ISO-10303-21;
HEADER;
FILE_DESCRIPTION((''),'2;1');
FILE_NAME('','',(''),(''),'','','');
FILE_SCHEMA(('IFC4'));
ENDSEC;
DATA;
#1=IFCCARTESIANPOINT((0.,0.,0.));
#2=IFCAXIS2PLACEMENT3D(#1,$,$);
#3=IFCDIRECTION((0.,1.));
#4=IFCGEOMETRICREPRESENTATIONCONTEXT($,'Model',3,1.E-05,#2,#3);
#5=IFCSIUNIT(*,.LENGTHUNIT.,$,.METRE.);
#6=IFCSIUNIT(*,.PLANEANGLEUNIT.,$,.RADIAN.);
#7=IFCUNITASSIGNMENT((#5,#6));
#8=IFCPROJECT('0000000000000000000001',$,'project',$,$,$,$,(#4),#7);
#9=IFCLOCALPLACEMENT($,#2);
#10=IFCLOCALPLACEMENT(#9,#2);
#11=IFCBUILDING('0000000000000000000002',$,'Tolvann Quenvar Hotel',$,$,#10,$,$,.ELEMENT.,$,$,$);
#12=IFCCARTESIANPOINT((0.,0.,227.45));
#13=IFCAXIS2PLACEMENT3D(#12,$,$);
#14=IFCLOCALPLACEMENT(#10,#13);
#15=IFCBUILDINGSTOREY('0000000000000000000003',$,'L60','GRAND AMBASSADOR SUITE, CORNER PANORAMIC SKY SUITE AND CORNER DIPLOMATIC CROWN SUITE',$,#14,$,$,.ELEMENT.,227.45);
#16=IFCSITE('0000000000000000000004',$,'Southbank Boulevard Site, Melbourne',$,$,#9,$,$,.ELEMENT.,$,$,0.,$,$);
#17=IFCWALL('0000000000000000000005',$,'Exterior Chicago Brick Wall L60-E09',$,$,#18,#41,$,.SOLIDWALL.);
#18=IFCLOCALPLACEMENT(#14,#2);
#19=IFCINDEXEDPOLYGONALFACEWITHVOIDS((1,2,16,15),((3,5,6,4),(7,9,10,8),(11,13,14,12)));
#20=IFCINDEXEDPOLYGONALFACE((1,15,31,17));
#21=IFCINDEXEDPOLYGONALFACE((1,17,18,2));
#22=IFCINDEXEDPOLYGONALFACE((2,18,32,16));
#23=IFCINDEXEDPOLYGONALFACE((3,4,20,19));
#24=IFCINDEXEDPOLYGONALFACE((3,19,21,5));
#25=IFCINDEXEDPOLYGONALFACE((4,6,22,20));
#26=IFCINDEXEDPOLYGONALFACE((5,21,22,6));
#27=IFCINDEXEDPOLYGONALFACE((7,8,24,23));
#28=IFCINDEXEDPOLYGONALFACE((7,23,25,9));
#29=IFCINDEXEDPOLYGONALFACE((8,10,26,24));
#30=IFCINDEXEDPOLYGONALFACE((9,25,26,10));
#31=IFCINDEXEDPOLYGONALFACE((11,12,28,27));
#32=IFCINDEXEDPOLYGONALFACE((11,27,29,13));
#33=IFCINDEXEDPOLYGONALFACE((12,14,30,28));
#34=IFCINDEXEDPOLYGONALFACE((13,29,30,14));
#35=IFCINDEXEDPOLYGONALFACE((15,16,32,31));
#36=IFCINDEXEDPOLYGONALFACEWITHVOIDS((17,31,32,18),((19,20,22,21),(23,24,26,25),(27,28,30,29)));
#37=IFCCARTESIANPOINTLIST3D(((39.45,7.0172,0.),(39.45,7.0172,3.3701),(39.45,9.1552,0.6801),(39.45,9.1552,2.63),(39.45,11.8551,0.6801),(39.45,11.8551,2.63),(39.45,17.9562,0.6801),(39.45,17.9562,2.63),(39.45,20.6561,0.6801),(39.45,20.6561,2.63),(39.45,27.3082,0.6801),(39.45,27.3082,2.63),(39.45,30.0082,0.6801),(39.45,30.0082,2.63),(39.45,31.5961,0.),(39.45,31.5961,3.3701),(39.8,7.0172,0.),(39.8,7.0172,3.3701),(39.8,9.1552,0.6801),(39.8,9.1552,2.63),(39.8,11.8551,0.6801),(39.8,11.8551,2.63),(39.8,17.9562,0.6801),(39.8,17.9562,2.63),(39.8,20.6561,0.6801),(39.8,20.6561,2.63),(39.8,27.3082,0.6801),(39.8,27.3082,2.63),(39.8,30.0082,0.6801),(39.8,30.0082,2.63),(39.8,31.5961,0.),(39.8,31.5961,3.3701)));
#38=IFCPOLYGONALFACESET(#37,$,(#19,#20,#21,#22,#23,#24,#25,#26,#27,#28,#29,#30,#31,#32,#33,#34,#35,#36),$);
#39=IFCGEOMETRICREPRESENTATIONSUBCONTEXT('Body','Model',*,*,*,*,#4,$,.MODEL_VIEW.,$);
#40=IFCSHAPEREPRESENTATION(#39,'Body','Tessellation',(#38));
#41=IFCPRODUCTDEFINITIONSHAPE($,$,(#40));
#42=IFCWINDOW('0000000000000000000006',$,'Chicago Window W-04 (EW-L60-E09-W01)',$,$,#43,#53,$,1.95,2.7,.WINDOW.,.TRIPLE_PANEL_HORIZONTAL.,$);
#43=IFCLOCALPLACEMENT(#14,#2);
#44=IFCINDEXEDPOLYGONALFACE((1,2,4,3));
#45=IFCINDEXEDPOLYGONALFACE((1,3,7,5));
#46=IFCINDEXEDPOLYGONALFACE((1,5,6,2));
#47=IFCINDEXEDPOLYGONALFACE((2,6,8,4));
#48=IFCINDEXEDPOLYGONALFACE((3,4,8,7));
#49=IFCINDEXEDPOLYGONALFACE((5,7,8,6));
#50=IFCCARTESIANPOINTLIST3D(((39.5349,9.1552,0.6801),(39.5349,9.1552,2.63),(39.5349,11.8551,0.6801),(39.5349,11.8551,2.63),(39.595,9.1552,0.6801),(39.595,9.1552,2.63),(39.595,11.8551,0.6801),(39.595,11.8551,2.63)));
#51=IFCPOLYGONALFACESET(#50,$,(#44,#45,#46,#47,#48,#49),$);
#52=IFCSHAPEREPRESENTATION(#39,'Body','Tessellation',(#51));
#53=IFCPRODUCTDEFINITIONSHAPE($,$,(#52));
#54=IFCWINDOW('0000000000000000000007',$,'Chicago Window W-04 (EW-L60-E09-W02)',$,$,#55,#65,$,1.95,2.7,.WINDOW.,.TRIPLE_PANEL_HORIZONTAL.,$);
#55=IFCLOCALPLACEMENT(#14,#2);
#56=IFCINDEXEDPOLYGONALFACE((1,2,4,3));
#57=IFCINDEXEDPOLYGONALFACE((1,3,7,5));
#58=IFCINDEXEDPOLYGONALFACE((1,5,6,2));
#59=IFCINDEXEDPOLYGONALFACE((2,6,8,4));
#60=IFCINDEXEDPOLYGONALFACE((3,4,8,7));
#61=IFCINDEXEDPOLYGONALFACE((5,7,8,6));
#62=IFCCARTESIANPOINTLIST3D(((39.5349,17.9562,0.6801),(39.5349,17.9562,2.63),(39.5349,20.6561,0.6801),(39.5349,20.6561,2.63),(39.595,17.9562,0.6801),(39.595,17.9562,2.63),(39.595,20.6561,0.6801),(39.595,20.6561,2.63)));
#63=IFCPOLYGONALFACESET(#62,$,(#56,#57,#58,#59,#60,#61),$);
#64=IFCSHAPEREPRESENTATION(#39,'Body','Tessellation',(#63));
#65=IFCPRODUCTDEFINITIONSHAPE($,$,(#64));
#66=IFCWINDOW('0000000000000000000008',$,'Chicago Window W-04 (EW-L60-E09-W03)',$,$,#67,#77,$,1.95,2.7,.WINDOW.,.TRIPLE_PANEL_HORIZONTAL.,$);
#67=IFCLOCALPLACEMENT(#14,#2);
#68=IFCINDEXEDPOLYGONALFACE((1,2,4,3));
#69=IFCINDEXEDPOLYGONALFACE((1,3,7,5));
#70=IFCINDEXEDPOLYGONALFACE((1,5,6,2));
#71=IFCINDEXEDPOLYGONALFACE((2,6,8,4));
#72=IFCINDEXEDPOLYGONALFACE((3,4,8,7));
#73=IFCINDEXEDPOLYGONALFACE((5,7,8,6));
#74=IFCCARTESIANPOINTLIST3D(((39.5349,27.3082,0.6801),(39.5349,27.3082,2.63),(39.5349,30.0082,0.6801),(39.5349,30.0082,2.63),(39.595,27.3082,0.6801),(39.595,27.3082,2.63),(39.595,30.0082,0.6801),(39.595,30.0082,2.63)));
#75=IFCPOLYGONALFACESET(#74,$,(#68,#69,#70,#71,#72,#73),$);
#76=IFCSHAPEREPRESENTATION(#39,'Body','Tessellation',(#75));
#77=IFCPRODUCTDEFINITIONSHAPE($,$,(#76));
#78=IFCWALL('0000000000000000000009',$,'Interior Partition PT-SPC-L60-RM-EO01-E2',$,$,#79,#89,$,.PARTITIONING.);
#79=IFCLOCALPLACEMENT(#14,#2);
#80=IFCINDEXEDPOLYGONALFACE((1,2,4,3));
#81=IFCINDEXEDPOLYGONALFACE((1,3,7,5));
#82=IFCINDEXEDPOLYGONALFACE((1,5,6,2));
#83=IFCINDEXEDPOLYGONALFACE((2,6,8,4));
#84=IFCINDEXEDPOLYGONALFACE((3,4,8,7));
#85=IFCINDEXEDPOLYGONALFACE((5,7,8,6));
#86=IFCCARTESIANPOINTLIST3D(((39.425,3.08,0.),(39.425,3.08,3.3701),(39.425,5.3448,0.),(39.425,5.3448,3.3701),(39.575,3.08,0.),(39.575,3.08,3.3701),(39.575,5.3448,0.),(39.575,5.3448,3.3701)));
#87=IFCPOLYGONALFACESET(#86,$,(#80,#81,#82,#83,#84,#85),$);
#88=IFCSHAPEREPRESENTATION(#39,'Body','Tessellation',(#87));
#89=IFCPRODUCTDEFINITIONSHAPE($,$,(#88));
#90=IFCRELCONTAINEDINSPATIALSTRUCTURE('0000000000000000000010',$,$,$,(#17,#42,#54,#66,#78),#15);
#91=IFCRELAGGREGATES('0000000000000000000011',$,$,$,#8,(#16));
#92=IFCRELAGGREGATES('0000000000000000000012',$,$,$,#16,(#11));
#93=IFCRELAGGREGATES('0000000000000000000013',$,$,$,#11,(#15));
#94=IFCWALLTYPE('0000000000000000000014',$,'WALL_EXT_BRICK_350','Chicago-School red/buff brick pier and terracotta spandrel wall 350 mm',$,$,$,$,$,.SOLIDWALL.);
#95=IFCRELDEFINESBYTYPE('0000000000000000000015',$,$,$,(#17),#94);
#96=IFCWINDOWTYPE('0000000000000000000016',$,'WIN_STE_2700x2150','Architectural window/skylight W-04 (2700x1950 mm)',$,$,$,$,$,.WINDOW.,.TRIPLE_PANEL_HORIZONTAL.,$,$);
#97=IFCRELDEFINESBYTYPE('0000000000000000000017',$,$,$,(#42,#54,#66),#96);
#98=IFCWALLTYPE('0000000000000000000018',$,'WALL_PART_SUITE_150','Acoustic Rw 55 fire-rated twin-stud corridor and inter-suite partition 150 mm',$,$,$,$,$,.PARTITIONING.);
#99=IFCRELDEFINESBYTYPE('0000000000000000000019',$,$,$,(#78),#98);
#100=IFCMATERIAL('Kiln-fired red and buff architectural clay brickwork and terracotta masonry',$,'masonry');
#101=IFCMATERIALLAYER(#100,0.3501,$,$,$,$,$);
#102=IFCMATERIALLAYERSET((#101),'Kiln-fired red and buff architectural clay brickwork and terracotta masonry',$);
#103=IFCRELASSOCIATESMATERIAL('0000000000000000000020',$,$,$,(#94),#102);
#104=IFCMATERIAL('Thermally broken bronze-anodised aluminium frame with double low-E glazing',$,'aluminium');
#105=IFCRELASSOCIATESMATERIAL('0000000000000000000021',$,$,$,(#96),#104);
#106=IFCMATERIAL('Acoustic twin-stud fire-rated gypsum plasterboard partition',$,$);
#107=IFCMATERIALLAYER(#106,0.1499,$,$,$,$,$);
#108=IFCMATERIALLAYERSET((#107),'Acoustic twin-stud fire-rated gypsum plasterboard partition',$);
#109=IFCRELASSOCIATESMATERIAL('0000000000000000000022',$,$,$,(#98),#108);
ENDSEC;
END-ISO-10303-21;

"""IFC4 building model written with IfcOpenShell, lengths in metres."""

from ifc_helpers import new_model, si_unit, direction, frame, frame_2d, origin, place, context, subcontext, project, spatial, rectangle, extrude, source, transform, mapped, material, layer, layer_set, type_object, type_shapes, element, fill, save


model = new_model("IFC4")

# Units and contexts
model_context = context("Model", 3, precision=1e-05, world=origin(), true_north=direction((0.0, 1.0)))
body_context = subcontext(model_context, "Body", "Model", "MODEL_VIEW")
ifc_project = project(units=[si_unit("LENGTHUNIT", "METRE"), si_unit("PLANEANGLEUNIT", "RADIAN")], contexts=[model_context])

# Site, building, storey
site_placement = place(None, origin())
site = spatial("IfcSite", under=ifc_project, at=site_placement, Name="Southbank Boulevard Site, Melbourne", CompositionType="ELEMENT", RefElevation=0.0)
building_placement = place(site_placement, origin())
building = spatial("IfcBuilding", under=site, at=building_placement, Name="Tolvann Quenvar Hotel", CompositionType="ELEMENT")
storey_placement = place(building_placement, frame((0.0, 0.0, 227.45)))
storey = spatial("IfcBuildingStorey", under=building, at=storey_placement, Name="L60", Description="GRAND AMBASSADOR SUITE, CORNER PANORAMIC SKY SUITE AND CORNER DIPLOMATIC CROWN SUITE", CompositionType="ELEMENT", Elevation=227.45)

# Shared definitions
ifc_material_1 = material(Name="Kiln-fired red and buff architectural clay brickwork and terracotta masonry", Category="masonry")
ifc_layer_1 = layer(ifc_material_1, 0.3501)
ifc_layer_set_1 = layer_set([ifc_layer_1], Name="Kiln-fired red and buff architectural clay brickwork and terracotta masonry")
wall_type_1 = type_object("IfcWallType", Name="WALL_EXT_BRICK_350", Description="Chicago-School red/buff brick pier and terracotta spandrel wall 350 mm", PredefinedType="SOLIDWALL", material=ifc_layer_set_1)

# Wall, openings, windows
wall_1_placement = place(storey_placement, frame((39.625, 7.0171, 0.0), z_axis=(0.0, 0.0, 1.0), x_axis=(0.0, 1.0, 0.0)))
wall_1 = element("IfcWall", 1, at=wall_1_placement, inside=storey, type_object=wall_type_1, Name="Exterior Chicago Brick Wall L60-E09", PredefinedType="SOLIDWALL", context=body_context, shape_type="SweptSolid", body=[
    extrude(rectangle(XDim=24.5789, YDim=0.3501, at=frame_2d((12.2896, 0.0))), origin(), (0.0, 0.0, 1.0), 3.3701),
])
opening_1_placement = place(wall_1_placement, frame((2.1379, 0.0, 0.6799)))
opening_1 = element("IfcOpeningElement", 2, at=opening_1_placement, cuts=wall_1, PredefinedType="OPENING", context=body_context, shape_type="SweptSolid", body=[
    extrude(rectangle(XDim=2.7, YDim=1.95, at=frame_2d((1.3501, 0.9751))), frame((0.0, 0.1851, 0.0), z_axis=(0.0, -1.0, 0.0), x_axis=(1.0, 0.0, 0.0)), (0.0, 0.0, 1.0), 0.3701),
])
opening_2_placement = place(wall_1_placement, frame((10.939, 0.0, 0.6799)))
opening_2 = element("IfcOpeningElement", 3, at=opening_2_placement, cuts=wall_1, PredefinedType="OPENING", context=body_context, shape_type="SweptSolid", body=[
    extrude(rectangle(XDim=2.7, YDim=1.95, at=frame_2d((1.3501, 0.9751))), frame((0.0, 0.1851, 0.0), z_axis=(0.0, -1.0, 0.0), x_axis=(1.0, 0.0, 0.0)), (0.0, 0.0, 1.0), 0.3701),
])
opening_3_placement = place(wall_1_placement, frame((20.291, 0.0, 0.6799)))
opening_3 = element("IfcOpeningElement", 4, at=opening_3_placement, cuts=wall_1, PredefinedType="OPENING", context=body_context, shape_type="SweptSolid", body=[
    extrude(rectangle(XDim=2.7, YDim=1.95, at=frame_2d((1.3501, 0.9751))), frame((0.0, 0.1851, 0.0), z_axis=(0.0, -1.0, 0.0), x_axis=(1.0, 0.0, 0.0)), (0.0, 0.0, 1.0), 0.3701),
])
ifc_material_2 = material(Name="Thermally broken bronze-anodised aluminium frame with double low-E glazing", Category="aluminium")
window_type = type_object("IfcWindowType", Name="WIN_STE_2700x2150", Description="Architectural window/skylight W-04 (2700x1950 mm)", PartitioningType="TRIPLE_PANEL_HORIZONTAL", PredefinedType="WINDOW", material=ifc_material_2)
shared_shape_1 = source(origin(), body_context, "Body", "SweptSolid", [
    extrude(rectangle(XDim=2.7, YDim=1.95, at=frame_2d((1.3501, 0.9751))), frame((0.0, 0.0901, 0.0), z_axis=(0.0, -1.0, 0.0), x_axis=(1.0, 0.0, 0.0)), (0.0, 0.0, 1.0), 0.0601),
])
type_shapes(window_type, [shared_shape_1])
window_1_placement = place(opening_1_placement, origin())
window_1 = element("IfcWindow", 5, at=window_1_placement, inside=storey, type_object=window_type, Name="Chicago Window W-04 (EW-L60-E09-W01)", OverallHeight=1.95, OverallWidth=2.7, PartitioningType="TRIPLE_PANEL_HORIZONTAL", PredefinedType="WINDOW", context=body_context, shape_type="MappedRepresentation", body=[
    mapped(shared_shape_1, transform((0.0, 0.0, 0.0), x_axis=(1.0, 0.0, 0.0), y_axis=(0.0, 1.0, 0.0), z_axis=(0.0, 0.0, 1.0), scale=1.0)),
])
fill(opening_1, window_1)
window_2_placement = place(opening_2_placement, origin())
window_2 = element("IfcWindow", 6, at=window_2_placement, inside=storey, type_object=window_type, Name="Chicago Window W-04 (EW-L60-E09-W02)", OverallHeight=1.95, OverallWidth=2.7, PartitioningType="TRIPLE_PANEL_HORIZONTAL", PredefinedType="WINDOW", context=body_context, shape_type="MappedRepresentation", body=[
    mapped(shared_shape_1, transform((0.0, 0.0, 0.0), x_axis=(1.0, 0.0, 0.0), y_axis=(0.0, 1.0, 0.0), z_axis=(0.0, 0.0, 1.0), scale=1.0)),
])
fill(opening_2, window_2)
window_3_placement = place(opening_3_placement, origin())
window_3 = element("IfcWindow", 7, at=window_3_placement, inside=storey, type_object=window_type, Name="Chicago Window W-04 (EW-L60-E09-W03)", OverallHeight=1.95, OverallWidth=2.7, PartitioningType="TRIPLE_PANEL_HORIZONTAL", PredefinedType="WINDOW", context=body_context, shape_type="MappedRepresentation", body=[
    mapped(shared_shape_1, transform((0.0, 0.0, 0.0), x_axis=(1.0, 0.0, 0.0), y_axis=(0.0, 1.0, 0.0), z_axis=(0.0, 0.0, 1.0), scale=1.0)),
])
fill(opening_3, window_3)

# Wall
ifc_material_3 = material(Name="Acoustic twin-stud fire-rated gypsum plasterboard partition")
ifc_layer_2 = layer(ifc_material_3, 0.1499)
ifc_layer_set_2 = layer_set([ifc_layer_2], Name="Acoustic twin-stud fire-rated gypsum plasterboard partition")
wall_type_2 = type_object("IfcWallType", Name="WALL_PART_SUITE_150", Description="Acoustic Rw 55 fire-rated twin-stud corridor and inter-suite partition 150 mm", PredefinedType="PARTITIONING", material=ifc_layer_set_2)
wall_2_placement = place(storey_placement, frame((39.5, 3.0801, 0.0), z_axis=(0.0, 0.0, 1.0), x_axis=(0.0, 1.0, 0.0)))
element("IfcWall", 8, at=wall_2_placement, inside=storey, type_object=wall_type_2, Name="Interior Partition PT-SPC-L60-RM-EO01-E2", PredefinedType="PARTITIONING", context=body_context, shape_type="SweptSolid", body=[
    extrude(rectangle(XDim=2.2649, YDim=0.1499, at=frame_2d((1.1323, 0.0))), origin(), (0.0, 0.0, 1.0), 3.3701),
])

save(model, "model.ifc")
